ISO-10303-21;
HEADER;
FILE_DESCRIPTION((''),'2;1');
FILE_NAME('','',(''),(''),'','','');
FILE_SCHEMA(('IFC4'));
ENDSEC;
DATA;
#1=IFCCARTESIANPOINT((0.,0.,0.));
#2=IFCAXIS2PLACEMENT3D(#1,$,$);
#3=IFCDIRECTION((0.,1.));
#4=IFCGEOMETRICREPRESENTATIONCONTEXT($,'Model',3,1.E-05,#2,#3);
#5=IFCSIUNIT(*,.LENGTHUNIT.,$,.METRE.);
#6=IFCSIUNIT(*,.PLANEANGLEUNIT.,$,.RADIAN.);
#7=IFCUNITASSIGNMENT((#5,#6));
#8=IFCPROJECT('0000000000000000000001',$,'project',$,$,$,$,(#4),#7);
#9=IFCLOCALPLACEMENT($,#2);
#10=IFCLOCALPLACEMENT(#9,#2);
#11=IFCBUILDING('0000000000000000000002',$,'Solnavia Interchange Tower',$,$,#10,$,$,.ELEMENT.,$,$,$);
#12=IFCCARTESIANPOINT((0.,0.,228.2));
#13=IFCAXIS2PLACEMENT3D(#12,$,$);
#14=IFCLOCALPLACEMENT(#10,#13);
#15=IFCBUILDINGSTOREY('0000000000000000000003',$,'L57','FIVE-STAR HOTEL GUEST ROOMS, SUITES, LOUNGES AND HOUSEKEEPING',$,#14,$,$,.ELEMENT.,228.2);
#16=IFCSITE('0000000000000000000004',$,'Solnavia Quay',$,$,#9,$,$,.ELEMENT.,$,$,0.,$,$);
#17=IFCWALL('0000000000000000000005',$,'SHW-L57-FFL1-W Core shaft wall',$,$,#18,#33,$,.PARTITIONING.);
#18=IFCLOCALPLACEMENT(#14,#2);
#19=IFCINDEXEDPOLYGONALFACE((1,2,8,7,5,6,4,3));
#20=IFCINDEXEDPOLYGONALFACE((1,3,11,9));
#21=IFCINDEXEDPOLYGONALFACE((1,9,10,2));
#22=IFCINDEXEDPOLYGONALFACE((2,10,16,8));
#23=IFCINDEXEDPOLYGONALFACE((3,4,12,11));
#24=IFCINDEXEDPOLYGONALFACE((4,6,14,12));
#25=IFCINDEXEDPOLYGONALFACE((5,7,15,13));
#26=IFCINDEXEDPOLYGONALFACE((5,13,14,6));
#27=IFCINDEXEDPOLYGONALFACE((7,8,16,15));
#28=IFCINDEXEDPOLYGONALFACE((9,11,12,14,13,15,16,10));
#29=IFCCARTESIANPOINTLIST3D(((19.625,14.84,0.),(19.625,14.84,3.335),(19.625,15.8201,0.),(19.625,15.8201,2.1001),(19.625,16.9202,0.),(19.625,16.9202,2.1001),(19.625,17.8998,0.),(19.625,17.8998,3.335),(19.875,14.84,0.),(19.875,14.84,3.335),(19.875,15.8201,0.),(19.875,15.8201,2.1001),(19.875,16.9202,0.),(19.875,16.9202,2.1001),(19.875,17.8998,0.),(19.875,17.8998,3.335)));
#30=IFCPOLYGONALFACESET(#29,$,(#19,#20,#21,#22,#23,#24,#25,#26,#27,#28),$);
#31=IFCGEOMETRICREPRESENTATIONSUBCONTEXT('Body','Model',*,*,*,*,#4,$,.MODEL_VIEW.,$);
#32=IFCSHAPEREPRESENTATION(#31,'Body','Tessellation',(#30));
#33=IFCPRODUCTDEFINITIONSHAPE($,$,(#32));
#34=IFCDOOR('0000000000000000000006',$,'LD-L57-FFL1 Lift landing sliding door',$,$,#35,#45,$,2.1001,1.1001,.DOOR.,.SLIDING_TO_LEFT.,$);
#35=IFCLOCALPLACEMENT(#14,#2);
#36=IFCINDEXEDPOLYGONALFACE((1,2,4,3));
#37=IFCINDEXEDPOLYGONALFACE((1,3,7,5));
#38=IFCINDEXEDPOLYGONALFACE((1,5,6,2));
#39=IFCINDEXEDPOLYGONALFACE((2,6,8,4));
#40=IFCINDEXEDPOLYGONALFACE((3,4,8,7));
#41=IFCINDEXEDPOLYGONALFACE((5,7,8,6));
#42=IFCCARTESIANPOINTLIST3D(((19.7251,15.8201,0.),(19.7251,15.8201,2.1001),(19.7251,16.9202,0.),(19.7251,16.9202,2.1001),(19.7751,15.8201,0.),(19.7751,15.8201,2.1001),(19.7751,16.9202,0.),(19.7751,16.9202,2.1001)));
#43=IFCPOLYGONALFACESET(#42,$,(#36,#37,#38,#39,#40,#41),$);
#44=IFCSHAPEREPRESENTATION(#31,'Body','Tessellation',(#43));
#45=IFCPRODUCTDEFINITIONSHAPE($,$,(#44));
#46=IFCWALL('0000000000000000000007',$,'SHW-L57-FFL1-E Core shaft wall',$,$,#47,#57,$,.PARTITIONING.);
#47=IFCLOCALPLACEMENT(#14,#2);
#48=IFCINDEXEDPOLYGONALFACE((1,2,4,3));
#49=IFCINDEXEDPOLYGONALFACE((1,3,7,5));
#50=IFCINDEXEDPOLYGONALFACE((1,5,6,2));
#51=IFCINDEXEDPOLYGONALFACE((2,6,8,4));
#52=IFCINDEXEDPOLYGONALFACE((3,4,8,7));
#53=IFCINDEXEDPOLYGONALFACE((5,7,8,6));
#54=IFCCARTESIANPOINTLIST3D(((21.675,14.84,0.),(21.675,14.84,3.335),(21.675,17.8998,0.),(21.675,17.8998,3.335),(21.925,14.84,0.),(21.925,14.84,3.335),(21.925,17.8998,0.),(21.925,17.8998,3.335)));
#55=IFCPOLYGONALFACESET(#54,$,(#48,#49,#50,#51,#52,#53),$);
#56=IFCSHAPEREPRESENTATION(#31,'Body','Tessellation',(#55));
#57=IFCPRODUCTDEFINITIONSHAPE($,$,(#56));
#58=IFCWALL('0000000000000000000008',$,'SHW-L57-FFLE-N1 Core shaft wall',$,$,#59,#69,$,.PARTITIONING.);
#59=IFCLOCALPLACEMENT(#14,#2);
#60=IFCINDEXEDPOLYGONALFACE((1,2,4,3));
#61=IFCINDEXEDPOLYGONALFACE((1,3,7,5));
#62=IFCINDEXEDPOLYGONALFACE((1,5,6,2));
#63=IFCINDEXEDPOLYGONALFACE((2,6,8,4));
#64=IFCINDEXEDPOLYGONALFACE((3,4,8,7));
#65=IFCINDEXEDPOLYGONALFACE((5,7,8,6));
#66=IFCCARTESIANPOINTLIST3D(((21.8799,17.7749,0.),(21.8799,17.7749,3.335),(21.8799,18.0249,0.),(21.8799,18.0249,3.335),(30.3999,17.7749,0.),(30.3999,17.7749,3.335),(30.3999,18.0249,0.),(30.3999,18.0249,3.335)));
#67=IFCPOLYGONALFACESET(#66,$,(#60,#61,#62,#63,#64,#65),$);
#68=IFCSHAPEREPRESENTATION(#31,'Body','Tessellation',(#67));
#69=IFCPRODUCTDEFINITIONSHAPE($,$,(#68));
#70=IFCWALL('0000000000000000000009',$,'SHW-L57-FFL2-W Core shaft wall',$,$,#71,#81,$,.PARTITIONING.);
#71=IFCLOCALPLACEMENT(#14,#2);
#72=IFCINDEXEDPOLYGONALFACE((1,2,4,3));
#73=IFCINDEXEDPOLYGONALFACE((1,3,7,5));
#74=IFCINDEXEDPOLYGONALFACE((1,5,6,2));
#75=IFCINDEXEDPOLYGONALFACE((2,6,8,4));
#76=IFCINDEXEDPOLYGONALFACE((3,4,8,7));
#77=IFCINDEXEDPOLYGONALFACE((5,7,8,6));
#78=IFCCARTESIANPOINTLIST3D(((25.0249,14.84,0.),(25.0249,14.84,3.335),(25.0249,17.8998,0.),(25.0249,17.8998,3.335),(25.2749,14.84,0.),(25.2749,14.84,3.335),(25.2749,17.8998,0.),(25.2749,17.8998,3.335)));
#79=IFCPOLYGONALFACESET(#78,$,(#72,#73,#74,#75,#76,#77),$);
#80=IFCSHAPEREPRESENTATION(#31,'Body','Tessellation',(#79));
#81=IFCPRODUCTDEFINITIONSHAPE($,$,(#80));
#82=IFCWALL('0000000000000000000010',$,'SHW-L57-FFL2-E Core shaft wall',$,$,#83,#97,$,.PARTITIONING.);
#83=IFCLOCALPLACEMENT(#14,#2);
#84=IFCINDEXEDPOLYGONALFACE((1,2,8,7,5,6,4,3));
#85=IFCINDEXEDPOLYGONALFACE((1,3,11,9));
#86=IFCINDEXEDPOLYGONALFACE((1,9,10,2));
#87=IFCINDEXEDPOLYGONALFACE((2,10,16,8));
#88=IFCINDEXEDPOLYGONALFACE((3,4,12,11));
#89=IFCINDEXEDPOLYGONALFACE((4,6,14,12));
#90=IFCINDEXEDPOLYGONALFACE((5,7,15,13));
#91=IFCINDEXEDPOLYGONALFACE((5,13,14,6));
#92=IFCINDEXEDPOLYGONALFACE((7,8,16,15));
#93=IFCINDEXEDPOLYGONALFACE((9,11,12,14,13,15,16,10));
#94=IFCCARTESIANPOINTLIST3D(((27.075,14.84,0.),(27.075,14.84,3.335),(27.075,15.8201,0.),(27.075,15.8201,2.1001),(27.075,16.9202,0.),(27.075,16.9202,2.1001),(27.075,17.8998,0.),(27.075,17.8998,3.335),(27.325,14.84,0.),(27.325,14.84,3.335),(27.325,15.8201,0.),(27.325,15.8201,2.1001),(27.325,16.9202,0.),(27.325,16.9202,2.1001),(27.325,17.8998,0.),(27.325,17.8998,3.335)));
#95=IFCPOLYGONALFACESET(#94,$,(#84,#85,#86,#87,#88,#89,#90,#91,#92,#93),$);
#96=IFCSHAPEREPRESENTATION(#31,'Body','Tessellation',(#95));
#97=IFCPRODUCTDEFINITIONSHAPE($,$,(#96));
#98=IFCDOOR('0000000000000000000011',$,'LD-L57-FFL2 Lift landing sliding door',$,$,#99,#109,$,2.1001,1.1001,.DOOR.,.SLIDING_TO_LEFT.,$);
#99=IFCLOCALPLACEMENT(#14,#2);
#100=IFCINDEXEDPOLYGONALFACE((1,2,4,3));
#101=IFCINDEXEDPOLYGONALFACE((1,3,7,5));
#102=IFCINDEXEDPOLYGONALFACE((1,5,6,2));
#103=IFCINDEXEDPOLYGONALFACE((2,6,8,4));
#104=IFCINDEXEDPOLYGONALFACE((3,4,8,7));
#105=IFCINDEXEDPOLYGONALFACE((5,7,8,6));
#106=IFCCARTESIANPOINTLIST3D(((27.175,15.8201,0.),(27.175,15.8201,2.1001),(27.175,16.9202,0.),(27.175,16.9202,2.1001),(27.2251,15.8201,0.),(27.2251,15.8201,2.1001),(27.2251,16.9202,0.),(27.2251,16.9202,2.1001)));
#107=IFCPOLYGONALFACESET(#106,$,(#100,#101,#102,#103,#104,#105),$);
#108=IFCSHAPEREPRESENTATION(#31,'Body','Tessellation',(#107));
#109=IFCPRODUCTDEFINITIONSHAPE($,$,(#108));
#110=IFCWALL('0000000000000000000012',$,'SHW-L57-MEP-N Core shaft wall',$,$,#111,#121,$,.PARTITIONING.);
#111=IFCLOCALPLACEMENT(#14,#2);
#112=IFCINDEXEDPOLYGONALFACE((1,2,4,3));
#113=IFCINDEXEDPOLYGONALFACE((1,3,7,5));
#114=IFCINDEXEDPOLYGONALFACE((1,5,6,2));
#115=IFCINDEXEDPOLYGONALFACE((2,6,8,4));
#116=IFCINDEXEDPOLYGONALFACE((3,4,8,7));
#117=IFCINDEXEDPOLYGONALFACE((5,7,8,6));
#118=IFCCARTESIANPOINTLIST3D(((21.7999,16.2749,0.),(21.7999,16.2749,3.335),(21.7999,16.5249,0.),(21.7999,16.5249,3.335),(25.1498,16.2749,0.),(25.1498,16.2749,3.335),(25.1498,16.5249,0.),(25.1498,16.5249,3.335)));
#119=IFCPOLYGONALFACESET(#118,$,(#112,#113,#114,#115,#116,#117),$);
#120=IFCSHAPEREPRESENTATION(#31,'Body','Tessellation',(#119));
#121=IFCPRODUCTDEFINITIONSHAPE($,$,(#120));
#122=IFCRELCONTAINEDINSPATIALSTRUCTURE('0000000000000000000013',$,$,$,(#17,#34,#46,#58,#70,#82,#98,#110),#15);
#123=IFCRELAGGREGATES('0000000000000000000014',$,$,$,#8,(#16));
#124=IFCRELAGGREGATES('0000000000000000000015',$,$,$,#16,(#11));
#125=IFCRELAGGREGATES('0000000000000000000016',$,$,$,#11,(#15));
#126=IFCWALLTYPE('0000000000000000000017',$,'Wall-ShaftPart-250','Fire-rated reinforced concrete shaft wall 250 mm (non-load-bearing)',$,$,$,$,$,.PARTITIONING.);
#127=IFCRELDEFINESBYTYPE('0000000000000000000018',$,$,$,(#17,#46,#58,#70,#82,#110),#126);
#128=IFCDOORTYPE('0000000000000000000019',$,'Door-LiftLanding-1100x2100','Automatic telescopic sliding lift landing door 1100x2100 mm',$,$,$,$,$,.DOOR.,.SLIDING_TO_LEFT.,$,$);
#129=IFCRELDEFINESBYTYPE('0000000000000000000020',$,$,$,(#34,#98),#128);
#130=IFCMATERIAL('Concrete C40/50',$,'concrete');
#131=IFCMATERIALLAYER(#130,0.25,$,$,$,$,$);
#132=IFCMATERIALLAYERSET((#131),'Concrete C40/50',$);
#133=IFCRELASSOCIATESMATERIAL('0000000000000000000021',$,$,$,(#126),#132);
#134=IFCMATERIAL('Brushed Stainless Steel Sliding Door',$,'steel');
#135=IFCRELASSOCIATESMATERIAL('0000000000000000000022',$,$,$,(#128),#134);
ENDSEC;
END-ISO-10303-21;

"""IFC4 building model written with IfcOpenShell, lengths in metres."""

from ifc_helpers import new_model, si_unit, direction, frame, frame_2d, origin, place, context, subcontext, project, spatial, rectangle, extrude, material, layer, layer_set, type_object, element, fill, save


model = new_model("IFC4")

# Units and contexts
model_context = context("Model", 3, precision=1e-05, world=origin(), true_north=direction((0.0, 1.0)))
body_context = subcontext(model_context, "Body", "Model", "MODEL_VIEW")
ifc_project = project(units=[si_unit("LENGTHUNIT", "METRE"), si_unit("PLANEANGLEUNIT", "RADIAN")], contexts=[model_context])

# Site, building, storey
site_placement = place(None, origin())
site = spatial("IfcSite", under=ifc_project, at=site_placement, Name="Solnavia Quay", CompositionType="ELEMENT", RefElevation=0.0)
building_placement = place(site_placement, origin())
building = spatial("IfcBuilding", under=site, at=building_placement, Name="Solnavia Interchange Tower", CompositionType="ELEMENT")
storey_placement = place(building_placement, frame((0.0, 0.0, 228.2)))
storey = spatial("IfcBuildingStorey", under=building, at=storey_placement, Name="L57", Description="FIVE-STAR HOTEL GUEST ROOMS, SUITES, LOUNGES AND HOUSEKEEPING", CompositionType="ELEMENT", Elevation=228.2)

# Shared definitions
ifc_material_1 = material(Name="Concrete C40/50", Category="concrete")

# Wall, opening, door
ifc_layer_1 = layer(ifc_material_1, 0.25)
ifc_layer_set_1 = layer_set([ifc_layer_1], Name="Concrete C40/50")
wall_type_1 = type_object("IfcWallType", Name="Wall-ShaftPart-250", Description="Fire-rated reinforced concrete shaft wall 250 mm (non-load-bearing)", PredefinedType="PARTITIONING", material=ifc_layer_set_1)
wall_1_placement = place(storey_placement, frame((19.75, 14.8401, 0.0), z_axis=(0.0, 0.0, 1.0), x_axis=(0.0, 1.0, 0.0)))
wall_1 = element("IfcWall", 1, at=wall_1_placement, inside=storey, type_object=wall_type_1, Name="SHW-L57-FFL1-W Core shaft wall", PredefinedType="PARTITIONING", context=body_context, shape_type="SweptSolid", body=[
    extrude(rectangle(XDim=3.0598, YDim=0.25, at=frame_2d((1.5298, 0.0))), origin(), (0.0, 0.0, 1.0), 3.335),
])
opening_1_placement = place(wall_1_placement, frame((0.98, 0.0, 0.0)))
opening_1 = element("IfcOpeningElement", 2, at=opening_1_placement, cuts=wall_1, PredefinedType="OPENING", context=body_context, shape_type="SweptSolid", body=[
    extrude(rectangle(XDim=1.1001, YDim=2.1001, at=frame_2d((0.55, 1.05))), frame((0.0, 0.135, 0.0), z_axis=(0.0, -1.0, 0.0), x_axis=(1.0, 0.0, 0.0)), (0.0, 0.0, 1.0), 0.27),
])
ifc_material_2 = material(Name="Brushed Stainless Steel Sliding Door", Category="steel")
door_type_1 = type_object("IfcDoorType", Name="Door-LiftLanding-1100x2100", Description="Automatic telescopic sliding lift landing door 1100x2100 mm", OperationType="SLIDING_TO_LEFT", PredefinedType="DOOR", material=ifc_material_2)
door_1_placement = place(opening_1_placement, origin())
door_1 = element("IfcDoor", 3, at=door_1_placement, inside=storey, type_object=door_type_1, Name="LD-L57-FFL1 Lift landing sliding door", OperationType="SLIDING_TO_LEFT", OverallHeight=2.1001, OverallWidth=1.1001, PredefinedType="DOOR", context=body_context, shape_type="SweptSolid", body=[
    extrude(rectangle(XDim=1.1001, YDim=2.1001, at=frame_2d((0.55, 1.05))), frame((0.0, 0.0249, 0.0), z_axis=(0.0, -1.0, 0.0), x_axis=(1.0, 0.0, 0.0)), (0.0, 0.0, 1.0), 0.05),
])
fill(opening_1, door_1)

# Walls
wall_2_placement = place(storey_placement, frame((21.8, 14.8401, 0.0), z_axis=(0.0, 0.0, 1.0), x_axis=(0.0, 1.0, 0.0)))
element("IfcWall", 4, at=wall_2_placement, inside=storey, type_object=wall_type_1, Name="SHW-L57-FFL1-E Core shaft wall", PredefinedType="PARTITIONING", context=body_context, shape_type="SweptSolid", body=[
    extrude(rectangle(XDim=3.0598, YDim=0.25, at=frame_2d((1.5298, 0.0))), origin(), (0.0, 0.0, 1.0), 3.335),
])
wall_3_placement = place(storey_placement, frame((21.8799, 17.8999, 0.0), z_axis=(0.0, 0.0, 1.0), x_axis=(1.0, 0.0, 0.0)))
element("IfcWall", 5, at=wall_3_placement, inside=storey, type_object=wall_type_1, Name="SHW-L57-FFLE-N1 Core shaft wall", PredefinedType="PARTITIONING", context=body_context, shape_type="SweptSolid", body=[
    extrude(rectangle(XDim=8.52, YDim=0.25, at=frame_2d((4.26, 0.0))), origin(), (0.0, 0.0, 1.0), 3.335),
])
wall_4_placement = place(storey_placement, frame((25.1499, 14.8401, 0.0), z_axis=(0.0, 0.0, 1.0), x_axis=(0.0, 1.0, 0.0)))
element("IfcWall", 6, at=wall_4_placement, inside=storey, type_object=wall_type_1, Name="SHW-L57-FFL2-W Core shaft wall", PredefinedType="PARTITIONING", context=body_context, shape_type="SweptSolid", body=[
    extrude(rectangle(XDim=3.0598, YDim=0.25, at=frame_2d((1.5298, 0.0))), origin(), (0.0, 0.0, 1.0), 3.335),
])

# Wall, opening, door
wall_5_placement = place(storey_placement, frame((27.2, 14.8401, 0.0), z_axis=(0.0, 0.0, 1.0), x_axis=(0.0, 1.0, 0.0)))
wall_5 = element("IfcWall", 7, at=wall_5_placement, inside=storey, type_object=wall_type_1, Name="SHW-L57-FFL2-E Core shaft wall", PredefinedType="PARTITIONING", context=body_context, shape_type="SweptSolid", body=[
    extrude(rectangle(XDim=3.0598, YDim=0.25, at=frame_2d((1.5298, 0.0))), origin(), (0.0, 0.0, 1.0), 3.335),
])
opening_2_placement = place(wall_5_placement, frame((0.98, 0.0, 0.0)))
opening_2 = element("IfcOpeningElement", 8, at=opening_2_placement, cuts=wall_5, PredefinedType="OPENING", context=body_context, shape_type="SweptSolid", body=[
    extrude(rectangle(XDim=1.1001, YDim=2.1001, at=frame_2d((0.55, 1.05))), frame((0.0, 0.135, 0.0), z_axis=(0.0, -1.0, 0.0), x_axis=(1.0, 0.0, 0.0)), (0.0, 0.0, 1.0), 0.27),
])
door_2_placement = place(opening_2_placement, origin())
door_2 = element("IfcDoor", 9, at=door_2_placement, inside=storey, type_object=door_type_1, Name="LD-L57-FFL2 Lift landing sliding door", OperationType="SLIDING_TO_LEFT", OverallHeight=2.1001, OverallWidth=1.1001, PredefinedType="DOOR", context=body_context, shape_type="SweptSolid", body=[
    extrude(rectangle(XDim=1.1001, YDim=2.1001, at=frame_2d((0.55, 1.05))), frame((0.0, 0.0249, 0.0), z_axis=(0.0, -1.0, 0.0), x_axis=(1.0, 0.0, 0.0)), (0.0, 0.0, 1.0), 0.05),
])
fill(opening_2, door_2)

# Wall
wall_6_placement = place(storey_placement, frame((21.8, 16.3999, 0.0), z_axis=(0.0, 0.0, 1.0), x_axis=(1.0, 0.0, 0.0)))
element("IfcWall", 10, at=wall_6_placement, inside=storey, type_object=wall_type_1, Name="SHW-L57-MEP-N Core shaft wall", PredefinedType="PARTITIONING", context=body_context, shape_type="SweptSolid", body=[
    extrude(rectangle(XDim=3.3499, YDim=0.25, at=frame_2d((1.6748, 0.0))), origin(), (0.0, 0.0, 1.0), 3.335),
])

save(model, "model.ifc")
